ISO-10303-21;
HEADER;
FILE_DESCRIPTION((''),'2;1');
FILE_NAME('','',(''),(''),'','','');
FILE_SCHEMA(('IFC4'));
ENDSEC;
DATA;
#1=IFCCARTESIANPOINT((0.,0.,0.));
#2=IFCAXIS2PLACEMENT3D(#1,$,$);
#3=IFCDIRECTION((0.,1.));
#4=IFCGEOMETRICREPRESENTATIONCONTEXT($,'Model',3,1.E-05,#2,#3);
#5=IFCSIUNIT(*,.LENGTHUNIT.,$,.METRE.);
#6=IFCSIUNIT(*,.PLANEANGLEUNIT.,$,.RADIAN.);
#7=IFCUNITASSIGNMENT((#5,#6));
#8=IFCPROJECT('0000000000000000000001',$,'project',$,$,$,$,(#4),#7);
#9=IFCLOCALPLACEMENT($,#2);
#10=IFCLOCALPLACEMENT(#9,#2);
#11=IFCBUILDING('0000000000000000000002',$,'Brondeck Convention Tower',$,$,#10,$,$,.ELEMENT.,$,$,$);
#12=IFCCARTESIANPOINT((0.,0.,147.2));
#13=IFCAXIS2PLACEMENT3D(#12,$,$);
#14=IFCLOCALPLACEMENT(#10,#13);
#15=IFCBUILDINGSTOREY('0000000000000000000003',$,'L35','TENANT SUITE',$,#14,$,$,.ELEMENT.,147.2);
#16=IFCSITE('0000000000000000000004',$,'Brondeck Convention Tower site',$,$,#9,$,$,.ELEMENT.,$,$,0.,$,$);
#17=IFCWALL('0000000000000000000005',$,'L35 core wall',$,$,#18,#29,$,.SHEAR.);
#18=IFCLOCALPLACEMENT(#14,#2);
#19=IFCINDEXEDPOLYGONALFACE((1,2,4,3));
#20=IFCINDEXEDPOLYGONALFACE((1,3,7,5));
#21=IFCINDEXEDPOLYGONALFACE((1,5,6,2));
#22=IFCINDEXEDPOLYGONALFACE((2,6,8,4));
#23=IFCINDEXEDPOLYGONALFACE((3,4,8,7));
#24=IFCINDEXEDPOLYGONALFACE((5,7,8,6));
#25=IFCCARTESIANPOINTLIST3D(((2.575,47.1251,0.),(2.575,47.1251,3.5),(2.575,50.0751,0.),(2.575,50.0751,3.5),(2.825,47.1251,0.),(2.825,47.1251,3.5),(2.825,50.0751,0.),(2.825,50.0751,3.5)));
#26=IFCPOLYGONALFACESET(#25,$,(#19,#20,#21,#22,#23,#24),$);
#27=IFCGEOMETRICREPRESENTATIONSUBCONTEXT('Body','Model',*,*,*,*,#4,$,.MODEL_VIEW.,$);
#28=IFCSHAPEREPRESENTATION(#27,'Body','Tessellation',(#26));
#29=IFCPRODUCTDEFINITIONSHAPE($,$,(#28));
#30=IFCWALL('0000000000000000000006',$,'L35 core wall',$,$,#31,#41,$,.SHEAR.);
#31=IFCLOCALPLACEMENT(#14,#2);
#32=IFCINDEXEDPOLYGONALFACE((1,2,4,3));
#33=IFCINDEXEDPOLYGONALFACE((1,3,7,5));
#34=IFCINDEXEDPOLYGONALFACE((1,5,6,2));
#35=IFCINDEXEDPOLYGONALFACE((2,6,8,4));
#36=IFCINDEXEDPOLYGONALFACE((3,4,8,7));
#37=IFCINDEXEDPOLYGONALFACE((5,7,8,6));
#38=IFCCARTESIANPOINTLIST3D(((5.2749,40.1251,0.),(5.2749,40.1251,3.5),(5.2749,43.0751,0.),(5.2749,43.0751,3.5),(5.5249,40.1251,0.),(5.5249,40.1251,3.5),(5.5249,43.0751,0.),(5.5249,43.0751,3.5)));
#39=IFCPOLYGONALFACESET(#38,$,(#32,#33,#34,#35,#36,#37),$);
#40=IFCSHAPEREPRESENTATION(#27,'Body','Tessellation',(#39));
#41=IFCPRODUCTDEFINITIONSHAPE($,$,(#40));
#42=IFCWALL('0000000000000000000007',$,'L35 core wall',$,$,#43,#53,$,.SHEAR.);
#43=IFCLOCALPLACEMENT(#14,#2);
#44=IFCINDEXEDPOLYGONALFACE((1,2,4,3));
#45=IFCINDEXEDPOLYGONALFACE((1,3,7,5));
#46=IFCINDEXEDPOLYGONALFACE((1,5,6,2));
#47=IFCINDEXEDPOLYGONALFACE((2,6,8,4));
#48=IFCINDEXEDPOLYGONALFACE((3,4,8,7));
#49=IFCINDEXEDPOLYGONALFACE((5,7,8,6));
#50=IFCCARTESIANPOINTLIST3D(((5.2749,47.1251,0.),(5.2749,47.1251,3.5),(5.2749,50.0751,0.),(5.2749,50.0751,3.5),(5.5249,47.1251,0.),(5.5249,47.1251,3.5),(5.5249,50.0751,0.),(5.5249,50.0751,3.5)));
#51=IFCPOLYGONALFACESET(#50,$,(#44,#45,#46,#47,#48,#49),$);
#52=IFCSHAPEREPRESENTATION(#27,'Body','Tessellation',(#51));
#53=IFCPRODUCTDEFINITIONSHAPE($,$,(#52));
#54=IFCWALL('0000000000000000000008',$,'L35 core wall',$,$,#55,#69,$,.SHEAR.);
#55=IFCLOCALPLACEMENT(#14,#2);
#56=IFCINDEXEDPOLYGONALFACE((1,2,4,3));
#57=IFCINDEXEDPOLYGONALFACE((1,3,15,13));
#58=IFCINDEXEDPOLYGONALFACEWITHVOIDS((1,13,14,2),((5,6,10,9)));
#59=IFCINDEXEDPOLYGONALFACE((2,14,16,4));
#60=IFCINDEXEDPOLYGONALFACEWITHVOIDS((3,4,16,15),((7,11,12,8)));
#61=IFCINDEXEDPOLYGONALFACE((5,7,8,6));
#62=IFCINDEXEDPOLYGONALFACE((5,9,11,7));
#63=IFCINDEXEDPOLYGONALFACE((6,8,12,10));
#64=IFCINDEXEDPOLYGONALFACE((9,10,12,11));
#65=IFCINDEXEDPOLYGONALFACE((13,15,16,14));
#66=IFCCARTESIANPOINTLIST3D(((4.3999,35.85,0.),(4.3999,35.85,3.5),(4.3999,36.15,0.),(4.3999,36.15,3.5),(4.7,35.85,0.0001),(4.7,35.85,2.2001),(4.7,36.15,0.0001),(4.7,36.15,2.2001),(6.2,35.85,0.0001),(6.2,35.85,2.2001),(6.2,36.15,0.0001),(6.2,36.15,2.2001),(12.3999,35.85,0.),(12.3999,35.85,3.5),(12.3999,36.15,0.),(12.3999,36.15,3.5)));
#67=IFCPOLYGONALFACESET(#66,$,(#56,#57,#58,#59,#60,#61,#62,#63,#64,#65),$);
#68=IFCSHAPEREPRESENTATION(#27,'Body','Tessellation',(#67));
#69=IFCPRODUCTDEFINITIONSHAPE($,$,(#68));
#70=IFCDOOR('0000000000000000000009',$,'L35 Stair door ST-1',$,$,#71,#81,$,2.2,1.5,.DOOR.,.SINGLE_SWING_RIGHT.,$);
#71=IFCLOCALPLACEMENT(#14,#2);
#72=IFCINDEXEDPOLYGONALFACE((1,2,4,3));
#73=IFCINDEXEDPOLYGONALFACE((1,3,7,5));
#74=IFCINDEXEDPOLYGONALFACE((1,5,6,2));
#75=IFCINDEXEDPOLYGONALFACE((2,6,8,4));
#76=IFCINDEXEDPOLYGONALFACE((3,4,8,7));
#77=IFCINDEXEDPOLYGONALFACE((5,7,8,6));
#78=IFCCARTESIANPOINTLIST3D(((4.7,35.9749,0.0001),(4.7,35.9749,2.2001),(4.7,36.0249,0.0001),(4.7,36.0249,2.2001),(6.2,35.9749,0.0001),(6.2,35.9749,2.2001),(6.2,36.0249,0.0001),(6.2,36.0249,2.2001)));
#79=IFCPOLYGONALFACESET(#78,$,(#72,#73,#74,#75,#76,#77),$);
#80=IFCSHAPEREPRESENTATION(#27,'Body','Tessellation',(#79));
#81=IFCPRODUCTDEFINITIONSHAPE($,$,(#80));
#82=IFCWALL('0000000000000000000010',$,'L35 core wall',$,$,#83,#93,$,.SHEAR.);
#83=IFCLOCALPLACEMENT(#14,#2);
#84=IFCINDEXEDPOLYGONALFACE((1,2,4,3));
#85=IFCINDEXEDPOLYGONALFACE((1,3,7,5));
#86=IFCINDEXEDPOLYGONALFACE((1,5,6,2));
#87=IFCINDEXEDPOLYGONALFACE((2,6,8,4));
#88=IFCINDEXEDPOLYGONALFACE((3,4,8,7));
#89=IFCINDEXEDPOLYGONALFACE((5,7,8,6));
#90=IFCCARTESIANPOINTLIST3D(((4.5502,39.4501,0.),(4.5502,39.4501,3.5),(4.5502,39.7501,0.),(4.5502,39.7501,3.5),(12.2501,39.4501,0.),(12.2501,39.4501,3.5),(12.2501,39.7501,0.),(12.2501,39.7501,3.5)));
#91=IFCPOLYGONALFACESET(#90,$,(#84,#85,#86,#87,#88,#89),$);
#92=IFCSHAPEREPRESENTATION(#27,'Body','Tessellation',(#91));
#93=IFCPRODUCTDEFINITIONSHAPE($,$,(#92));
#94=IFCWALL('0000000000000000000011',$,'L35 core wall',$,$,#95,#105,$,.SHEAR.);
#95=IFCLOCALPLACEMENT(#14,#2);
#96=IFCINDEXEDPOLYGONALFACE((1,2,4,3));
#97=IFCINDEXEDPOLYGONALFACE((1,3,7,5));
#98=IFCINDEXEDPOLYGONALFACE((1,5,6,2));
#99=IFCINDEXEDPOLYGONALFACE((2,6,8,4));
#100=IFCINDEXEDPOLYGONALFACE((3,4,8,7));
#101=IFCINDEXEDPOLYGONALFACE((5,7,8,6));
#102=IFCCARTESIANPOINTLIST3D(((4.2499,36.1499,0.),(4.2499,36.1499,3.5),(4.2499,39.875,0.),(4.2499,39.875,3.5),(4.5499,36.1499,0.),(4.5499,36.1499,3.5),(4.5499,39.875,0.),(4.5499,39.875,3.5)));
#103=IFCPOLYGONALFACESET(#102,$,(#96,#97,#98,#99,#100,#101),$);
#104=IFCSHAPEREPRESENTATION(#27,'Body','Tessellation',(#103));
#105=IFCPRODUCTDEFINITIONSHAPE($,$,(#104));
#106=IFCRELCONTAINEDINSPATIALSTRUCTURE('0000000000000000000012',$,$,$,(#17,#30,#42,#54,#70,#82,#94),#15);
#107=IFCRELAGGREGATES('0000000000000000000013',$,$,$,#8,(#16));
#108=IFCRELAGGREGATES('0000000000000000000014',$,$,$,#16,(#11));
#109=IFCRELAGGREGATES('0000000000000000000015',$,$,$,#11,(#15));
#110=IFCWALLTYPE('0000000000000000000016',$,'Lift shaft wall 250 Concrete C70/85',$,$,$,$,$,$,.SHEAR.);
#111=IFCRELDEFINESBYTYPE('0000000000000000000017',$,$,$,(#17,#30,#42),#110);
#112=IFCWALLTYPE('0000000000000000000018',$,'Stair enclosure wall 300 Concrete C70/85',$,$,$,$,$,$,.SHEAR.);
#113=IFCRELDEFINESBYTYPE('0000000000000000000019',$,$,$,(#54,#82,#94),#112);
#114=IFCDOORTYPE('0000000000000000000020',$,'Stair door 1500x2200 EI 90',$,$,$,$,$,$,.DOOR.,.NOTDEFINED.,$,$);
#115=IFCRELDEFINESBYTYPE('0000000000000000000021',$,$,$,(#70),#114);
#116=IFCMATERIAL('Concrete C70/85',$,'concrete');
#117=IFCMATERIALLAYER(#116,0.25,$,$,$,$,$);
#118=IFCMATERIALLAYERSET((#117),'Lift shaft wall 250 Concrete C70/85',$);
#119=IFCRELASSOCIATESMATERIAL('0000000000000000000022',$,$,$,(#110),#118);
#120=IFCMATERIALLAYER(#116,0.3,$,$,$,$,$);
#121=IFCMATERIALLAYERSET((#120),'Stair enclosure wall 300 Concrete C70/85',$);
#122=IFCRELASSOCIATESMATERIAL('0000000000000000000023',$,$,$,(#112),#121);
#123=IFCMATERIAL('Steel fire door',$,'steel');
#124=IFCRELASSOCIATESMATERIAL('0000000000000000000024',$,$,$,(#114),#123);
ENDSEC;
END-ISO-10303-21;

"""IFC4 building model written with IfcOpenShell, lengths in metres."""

from ifc_helpers import new_model, si_unit, direction, frame, frame_2d, origin, place, context, subcontext, project, spatial, rectangle, extrude, material, layer, layer_set, type_object, element, fill, save


model = new_model("IFC4")

# Units and contexts
model_context = context("Model", 3, precision=1e-05, world=origin(), true_north=direction((0.0, 1.0)))
body_context = subcontext(model_context, "Body", "Model", "MODEL_VIEW")
ifc_project = project(units=[si_unit("LENGTHUNIT", "METRE"), si_unit("PLANEANGLEUNIT", "RADIAN")], contexts=[model_context])

# Site, building, storey
site_placement = place(None, origin())
site = spatial("IfcSite", under=ifc_project, at=site_placement, Name="Brondeck Convention Tower site", CompositionType="ELEMENT", RefElevation=0.0)
building_placement = place(site_placement, origin())
building = spatial("IfcBuilding", under=site, at=building_placement, Name="Brondeck Convention Tower", CompositionType="ELEMENT")
storey_placement = place(building_placement, frame((0.0, 0.0, 147.2)))
storey = spatial("IfcBuildingStorey", under=building, at=storey_placement, Name="L35", Description="TENANT SUITE", CompositionType="ELEMENT", Elevation=147.2)

# Shared definitions
ifc_material_1 = material(Name="Concrete C70/85", Category="concrete")

# Shared definitions
ifc_material_2 = material(Name="Steel fire door", Category="steel")

# Shared definitions
ifc_layer_1 = layer(ifc_material_1, 0.25)
ifc_layer_set_1 = layer_set([ifc_layer_1], Name="Lift shaft wall 250 Concrete C70/85")
wall_type_1 = type_object("IfcWallType", Name="Lift shaft wall 250 Concrete C70/85", PredefinedType="SHEAR", material=ifc_layer_set_1)

# Walls
for number, where, z_axis, x_axis, name in (
    (1, (2.7, 47.125, 0.0), (0.0, 0.0, 1.0), (0.0, 1.0, 0.0), "L35 core wall"),
    (2, (5.3999, 40.125, 0.0), (0.0, 0.0, 1.0), (0.0, 1.0, 0.0), "L35 core wall"),
    (3, (5.3999, 47.125, 0.0), (0.0, 0.0, 1.0), (0.0, 1.0, 0.0), "L35 core wall"),
):
    element("IfcWall", number, at=place(storey_placement, frame(where, z_axis=z_axis, x_axis=x_axis)), inside=storey, type_object=wall_type_1, Name=name, PredefinedType="SHEAR", context=body_context, shape_type="SweptSolid", body=[
        extrude(rectangle(XDim=2.95, YDim=0.25, at=frame_2d((1.4751, 0.0))), origin(), (0.0, 0.0, 1.0), 3.5),
    ])

# Wall, opening, door
ifc_layer_2 = layer(ifc_material_1, 0.3)
ifc_layer_set_2 = layer_set([ifc_layer_2], Name="Stair enclosure wall 300 Concrete C70/85")
wall_type_2 = type_object("IfcWallType", Name="Stair enclosure wall 300 Concrete C70/85", PredefinedType="SHEAR", material=ifc_layer_set_2)
wall_1_placement = place(storey_placement, frame((4.3999, 36.0, 0.0), z_axis=(0.0, 0.0, 1.0), x_axis=(1.0, 0.0, 0.0)))
wall_1 = element("IfcWall", 4, at=wall_1_placement, inside=storey, type_object=wall_type_2, Name="L35 core wall", PredefinedType="SHEAR", context=body_context, shape_type="SweptSolid", body=[
    extrude(rectangle(XDim=8.0, YDim=0.3, at=frame_2d((4.0, 0.0))), origin(), (0.0, 0.0, 1.0), 3.5),
])
opening_1_placement = place(wall_1_placement, frame((0.3, 0.0, 0.0)))
opening_1 = element("IfcOpeningElement", 5, at=opening_1_placement, cuts=wall_1, PredefinedType="OPENING", context=body_context, shape_type="SweptSolid", body=[
    extrude(rectangle(XDim=1.5, YDim=2.2, at=frame_2d((0.75, 1.1001))), frame((0.0, 0.1599, 0.0), z_axis=(0.0, -1.0, 0.0), x_axis=(1.0, 0.0, 0.0)), (0.0, 0.0, 1.0), 0.3201),
])
door_type_1 = type_object("IfcDoorType", Name="Stair door 1500x2200 EI 90", OperationType="NOTDEFINED", PredefinedType="DOOR", material=ifc_material_2)
door_1_placement = place(opening_1_placement, origin())
door_1 = element("IfcDoor", 6, at=door_1_placement, inside=storey, type_object=door_type_1, Name="L35 Stair door ST-1", OperationType="SINGLE_SWING_RIGHT", OverallHeight=2.2, OverallWidth=1.5, PredefinedType="DOOR", context=body_context, shape_type="SweptSolid", body=[
    extrude(rectangle(XDim=1.5, YDim=2.2, at=frame_2d((0.75, 1.1001))), frame((0.0, 0.0249, 0.0), z_axis=(0.0, -1.0, 0.0), x_axis=(1.0, 0.0, 0.0)), (0.0, 0.0, 1.0), 0.05),
])
fill(opening_1, door_1)

# Walls
wall_2_placement = place(storey_placement, frame((4.55, 39.6001, 0.0), z_axis=(0.0, 0.0, 1.0), x_axis=(1.0, 0.0, 0.0)))
element("IfcWall", 7, at=wall_2_placement, inside=storey, type_object=wall_type_2, Name="L35 core wall", PredefinedType="SHEAR", context=body_context, shape_type="SweptSolid", body=[
    extrude(rectangle(XDim=7.7, YDim=0.3, at=frame_2d((3.8501, 0.0))), origin(), (0.0, 0.0, 1.0), 3.5),
])
wall_3_placement = place(storey_placement, frame((4.3999, 36.1499, 0.0), z_axis=(0.0, 0.0, 1.0), x_axis=(0.0, 1.0, 0.0)))
element("IfcWall", 8, at=wall_3_placement, inside=storey, type_object=wall_type_2, Name="L35 core wall", PredefinedType="SHEAR", context=body_context, shape_type="SweptSolid", body=[
    extrude(rectangle(XDim=3.7251, YDim=0.3, at=frame_2d((1.8625, 0.0))), origin(), (0.0, 0.0, 1.0), 3.5),
])

save(model, "model.ifc")
